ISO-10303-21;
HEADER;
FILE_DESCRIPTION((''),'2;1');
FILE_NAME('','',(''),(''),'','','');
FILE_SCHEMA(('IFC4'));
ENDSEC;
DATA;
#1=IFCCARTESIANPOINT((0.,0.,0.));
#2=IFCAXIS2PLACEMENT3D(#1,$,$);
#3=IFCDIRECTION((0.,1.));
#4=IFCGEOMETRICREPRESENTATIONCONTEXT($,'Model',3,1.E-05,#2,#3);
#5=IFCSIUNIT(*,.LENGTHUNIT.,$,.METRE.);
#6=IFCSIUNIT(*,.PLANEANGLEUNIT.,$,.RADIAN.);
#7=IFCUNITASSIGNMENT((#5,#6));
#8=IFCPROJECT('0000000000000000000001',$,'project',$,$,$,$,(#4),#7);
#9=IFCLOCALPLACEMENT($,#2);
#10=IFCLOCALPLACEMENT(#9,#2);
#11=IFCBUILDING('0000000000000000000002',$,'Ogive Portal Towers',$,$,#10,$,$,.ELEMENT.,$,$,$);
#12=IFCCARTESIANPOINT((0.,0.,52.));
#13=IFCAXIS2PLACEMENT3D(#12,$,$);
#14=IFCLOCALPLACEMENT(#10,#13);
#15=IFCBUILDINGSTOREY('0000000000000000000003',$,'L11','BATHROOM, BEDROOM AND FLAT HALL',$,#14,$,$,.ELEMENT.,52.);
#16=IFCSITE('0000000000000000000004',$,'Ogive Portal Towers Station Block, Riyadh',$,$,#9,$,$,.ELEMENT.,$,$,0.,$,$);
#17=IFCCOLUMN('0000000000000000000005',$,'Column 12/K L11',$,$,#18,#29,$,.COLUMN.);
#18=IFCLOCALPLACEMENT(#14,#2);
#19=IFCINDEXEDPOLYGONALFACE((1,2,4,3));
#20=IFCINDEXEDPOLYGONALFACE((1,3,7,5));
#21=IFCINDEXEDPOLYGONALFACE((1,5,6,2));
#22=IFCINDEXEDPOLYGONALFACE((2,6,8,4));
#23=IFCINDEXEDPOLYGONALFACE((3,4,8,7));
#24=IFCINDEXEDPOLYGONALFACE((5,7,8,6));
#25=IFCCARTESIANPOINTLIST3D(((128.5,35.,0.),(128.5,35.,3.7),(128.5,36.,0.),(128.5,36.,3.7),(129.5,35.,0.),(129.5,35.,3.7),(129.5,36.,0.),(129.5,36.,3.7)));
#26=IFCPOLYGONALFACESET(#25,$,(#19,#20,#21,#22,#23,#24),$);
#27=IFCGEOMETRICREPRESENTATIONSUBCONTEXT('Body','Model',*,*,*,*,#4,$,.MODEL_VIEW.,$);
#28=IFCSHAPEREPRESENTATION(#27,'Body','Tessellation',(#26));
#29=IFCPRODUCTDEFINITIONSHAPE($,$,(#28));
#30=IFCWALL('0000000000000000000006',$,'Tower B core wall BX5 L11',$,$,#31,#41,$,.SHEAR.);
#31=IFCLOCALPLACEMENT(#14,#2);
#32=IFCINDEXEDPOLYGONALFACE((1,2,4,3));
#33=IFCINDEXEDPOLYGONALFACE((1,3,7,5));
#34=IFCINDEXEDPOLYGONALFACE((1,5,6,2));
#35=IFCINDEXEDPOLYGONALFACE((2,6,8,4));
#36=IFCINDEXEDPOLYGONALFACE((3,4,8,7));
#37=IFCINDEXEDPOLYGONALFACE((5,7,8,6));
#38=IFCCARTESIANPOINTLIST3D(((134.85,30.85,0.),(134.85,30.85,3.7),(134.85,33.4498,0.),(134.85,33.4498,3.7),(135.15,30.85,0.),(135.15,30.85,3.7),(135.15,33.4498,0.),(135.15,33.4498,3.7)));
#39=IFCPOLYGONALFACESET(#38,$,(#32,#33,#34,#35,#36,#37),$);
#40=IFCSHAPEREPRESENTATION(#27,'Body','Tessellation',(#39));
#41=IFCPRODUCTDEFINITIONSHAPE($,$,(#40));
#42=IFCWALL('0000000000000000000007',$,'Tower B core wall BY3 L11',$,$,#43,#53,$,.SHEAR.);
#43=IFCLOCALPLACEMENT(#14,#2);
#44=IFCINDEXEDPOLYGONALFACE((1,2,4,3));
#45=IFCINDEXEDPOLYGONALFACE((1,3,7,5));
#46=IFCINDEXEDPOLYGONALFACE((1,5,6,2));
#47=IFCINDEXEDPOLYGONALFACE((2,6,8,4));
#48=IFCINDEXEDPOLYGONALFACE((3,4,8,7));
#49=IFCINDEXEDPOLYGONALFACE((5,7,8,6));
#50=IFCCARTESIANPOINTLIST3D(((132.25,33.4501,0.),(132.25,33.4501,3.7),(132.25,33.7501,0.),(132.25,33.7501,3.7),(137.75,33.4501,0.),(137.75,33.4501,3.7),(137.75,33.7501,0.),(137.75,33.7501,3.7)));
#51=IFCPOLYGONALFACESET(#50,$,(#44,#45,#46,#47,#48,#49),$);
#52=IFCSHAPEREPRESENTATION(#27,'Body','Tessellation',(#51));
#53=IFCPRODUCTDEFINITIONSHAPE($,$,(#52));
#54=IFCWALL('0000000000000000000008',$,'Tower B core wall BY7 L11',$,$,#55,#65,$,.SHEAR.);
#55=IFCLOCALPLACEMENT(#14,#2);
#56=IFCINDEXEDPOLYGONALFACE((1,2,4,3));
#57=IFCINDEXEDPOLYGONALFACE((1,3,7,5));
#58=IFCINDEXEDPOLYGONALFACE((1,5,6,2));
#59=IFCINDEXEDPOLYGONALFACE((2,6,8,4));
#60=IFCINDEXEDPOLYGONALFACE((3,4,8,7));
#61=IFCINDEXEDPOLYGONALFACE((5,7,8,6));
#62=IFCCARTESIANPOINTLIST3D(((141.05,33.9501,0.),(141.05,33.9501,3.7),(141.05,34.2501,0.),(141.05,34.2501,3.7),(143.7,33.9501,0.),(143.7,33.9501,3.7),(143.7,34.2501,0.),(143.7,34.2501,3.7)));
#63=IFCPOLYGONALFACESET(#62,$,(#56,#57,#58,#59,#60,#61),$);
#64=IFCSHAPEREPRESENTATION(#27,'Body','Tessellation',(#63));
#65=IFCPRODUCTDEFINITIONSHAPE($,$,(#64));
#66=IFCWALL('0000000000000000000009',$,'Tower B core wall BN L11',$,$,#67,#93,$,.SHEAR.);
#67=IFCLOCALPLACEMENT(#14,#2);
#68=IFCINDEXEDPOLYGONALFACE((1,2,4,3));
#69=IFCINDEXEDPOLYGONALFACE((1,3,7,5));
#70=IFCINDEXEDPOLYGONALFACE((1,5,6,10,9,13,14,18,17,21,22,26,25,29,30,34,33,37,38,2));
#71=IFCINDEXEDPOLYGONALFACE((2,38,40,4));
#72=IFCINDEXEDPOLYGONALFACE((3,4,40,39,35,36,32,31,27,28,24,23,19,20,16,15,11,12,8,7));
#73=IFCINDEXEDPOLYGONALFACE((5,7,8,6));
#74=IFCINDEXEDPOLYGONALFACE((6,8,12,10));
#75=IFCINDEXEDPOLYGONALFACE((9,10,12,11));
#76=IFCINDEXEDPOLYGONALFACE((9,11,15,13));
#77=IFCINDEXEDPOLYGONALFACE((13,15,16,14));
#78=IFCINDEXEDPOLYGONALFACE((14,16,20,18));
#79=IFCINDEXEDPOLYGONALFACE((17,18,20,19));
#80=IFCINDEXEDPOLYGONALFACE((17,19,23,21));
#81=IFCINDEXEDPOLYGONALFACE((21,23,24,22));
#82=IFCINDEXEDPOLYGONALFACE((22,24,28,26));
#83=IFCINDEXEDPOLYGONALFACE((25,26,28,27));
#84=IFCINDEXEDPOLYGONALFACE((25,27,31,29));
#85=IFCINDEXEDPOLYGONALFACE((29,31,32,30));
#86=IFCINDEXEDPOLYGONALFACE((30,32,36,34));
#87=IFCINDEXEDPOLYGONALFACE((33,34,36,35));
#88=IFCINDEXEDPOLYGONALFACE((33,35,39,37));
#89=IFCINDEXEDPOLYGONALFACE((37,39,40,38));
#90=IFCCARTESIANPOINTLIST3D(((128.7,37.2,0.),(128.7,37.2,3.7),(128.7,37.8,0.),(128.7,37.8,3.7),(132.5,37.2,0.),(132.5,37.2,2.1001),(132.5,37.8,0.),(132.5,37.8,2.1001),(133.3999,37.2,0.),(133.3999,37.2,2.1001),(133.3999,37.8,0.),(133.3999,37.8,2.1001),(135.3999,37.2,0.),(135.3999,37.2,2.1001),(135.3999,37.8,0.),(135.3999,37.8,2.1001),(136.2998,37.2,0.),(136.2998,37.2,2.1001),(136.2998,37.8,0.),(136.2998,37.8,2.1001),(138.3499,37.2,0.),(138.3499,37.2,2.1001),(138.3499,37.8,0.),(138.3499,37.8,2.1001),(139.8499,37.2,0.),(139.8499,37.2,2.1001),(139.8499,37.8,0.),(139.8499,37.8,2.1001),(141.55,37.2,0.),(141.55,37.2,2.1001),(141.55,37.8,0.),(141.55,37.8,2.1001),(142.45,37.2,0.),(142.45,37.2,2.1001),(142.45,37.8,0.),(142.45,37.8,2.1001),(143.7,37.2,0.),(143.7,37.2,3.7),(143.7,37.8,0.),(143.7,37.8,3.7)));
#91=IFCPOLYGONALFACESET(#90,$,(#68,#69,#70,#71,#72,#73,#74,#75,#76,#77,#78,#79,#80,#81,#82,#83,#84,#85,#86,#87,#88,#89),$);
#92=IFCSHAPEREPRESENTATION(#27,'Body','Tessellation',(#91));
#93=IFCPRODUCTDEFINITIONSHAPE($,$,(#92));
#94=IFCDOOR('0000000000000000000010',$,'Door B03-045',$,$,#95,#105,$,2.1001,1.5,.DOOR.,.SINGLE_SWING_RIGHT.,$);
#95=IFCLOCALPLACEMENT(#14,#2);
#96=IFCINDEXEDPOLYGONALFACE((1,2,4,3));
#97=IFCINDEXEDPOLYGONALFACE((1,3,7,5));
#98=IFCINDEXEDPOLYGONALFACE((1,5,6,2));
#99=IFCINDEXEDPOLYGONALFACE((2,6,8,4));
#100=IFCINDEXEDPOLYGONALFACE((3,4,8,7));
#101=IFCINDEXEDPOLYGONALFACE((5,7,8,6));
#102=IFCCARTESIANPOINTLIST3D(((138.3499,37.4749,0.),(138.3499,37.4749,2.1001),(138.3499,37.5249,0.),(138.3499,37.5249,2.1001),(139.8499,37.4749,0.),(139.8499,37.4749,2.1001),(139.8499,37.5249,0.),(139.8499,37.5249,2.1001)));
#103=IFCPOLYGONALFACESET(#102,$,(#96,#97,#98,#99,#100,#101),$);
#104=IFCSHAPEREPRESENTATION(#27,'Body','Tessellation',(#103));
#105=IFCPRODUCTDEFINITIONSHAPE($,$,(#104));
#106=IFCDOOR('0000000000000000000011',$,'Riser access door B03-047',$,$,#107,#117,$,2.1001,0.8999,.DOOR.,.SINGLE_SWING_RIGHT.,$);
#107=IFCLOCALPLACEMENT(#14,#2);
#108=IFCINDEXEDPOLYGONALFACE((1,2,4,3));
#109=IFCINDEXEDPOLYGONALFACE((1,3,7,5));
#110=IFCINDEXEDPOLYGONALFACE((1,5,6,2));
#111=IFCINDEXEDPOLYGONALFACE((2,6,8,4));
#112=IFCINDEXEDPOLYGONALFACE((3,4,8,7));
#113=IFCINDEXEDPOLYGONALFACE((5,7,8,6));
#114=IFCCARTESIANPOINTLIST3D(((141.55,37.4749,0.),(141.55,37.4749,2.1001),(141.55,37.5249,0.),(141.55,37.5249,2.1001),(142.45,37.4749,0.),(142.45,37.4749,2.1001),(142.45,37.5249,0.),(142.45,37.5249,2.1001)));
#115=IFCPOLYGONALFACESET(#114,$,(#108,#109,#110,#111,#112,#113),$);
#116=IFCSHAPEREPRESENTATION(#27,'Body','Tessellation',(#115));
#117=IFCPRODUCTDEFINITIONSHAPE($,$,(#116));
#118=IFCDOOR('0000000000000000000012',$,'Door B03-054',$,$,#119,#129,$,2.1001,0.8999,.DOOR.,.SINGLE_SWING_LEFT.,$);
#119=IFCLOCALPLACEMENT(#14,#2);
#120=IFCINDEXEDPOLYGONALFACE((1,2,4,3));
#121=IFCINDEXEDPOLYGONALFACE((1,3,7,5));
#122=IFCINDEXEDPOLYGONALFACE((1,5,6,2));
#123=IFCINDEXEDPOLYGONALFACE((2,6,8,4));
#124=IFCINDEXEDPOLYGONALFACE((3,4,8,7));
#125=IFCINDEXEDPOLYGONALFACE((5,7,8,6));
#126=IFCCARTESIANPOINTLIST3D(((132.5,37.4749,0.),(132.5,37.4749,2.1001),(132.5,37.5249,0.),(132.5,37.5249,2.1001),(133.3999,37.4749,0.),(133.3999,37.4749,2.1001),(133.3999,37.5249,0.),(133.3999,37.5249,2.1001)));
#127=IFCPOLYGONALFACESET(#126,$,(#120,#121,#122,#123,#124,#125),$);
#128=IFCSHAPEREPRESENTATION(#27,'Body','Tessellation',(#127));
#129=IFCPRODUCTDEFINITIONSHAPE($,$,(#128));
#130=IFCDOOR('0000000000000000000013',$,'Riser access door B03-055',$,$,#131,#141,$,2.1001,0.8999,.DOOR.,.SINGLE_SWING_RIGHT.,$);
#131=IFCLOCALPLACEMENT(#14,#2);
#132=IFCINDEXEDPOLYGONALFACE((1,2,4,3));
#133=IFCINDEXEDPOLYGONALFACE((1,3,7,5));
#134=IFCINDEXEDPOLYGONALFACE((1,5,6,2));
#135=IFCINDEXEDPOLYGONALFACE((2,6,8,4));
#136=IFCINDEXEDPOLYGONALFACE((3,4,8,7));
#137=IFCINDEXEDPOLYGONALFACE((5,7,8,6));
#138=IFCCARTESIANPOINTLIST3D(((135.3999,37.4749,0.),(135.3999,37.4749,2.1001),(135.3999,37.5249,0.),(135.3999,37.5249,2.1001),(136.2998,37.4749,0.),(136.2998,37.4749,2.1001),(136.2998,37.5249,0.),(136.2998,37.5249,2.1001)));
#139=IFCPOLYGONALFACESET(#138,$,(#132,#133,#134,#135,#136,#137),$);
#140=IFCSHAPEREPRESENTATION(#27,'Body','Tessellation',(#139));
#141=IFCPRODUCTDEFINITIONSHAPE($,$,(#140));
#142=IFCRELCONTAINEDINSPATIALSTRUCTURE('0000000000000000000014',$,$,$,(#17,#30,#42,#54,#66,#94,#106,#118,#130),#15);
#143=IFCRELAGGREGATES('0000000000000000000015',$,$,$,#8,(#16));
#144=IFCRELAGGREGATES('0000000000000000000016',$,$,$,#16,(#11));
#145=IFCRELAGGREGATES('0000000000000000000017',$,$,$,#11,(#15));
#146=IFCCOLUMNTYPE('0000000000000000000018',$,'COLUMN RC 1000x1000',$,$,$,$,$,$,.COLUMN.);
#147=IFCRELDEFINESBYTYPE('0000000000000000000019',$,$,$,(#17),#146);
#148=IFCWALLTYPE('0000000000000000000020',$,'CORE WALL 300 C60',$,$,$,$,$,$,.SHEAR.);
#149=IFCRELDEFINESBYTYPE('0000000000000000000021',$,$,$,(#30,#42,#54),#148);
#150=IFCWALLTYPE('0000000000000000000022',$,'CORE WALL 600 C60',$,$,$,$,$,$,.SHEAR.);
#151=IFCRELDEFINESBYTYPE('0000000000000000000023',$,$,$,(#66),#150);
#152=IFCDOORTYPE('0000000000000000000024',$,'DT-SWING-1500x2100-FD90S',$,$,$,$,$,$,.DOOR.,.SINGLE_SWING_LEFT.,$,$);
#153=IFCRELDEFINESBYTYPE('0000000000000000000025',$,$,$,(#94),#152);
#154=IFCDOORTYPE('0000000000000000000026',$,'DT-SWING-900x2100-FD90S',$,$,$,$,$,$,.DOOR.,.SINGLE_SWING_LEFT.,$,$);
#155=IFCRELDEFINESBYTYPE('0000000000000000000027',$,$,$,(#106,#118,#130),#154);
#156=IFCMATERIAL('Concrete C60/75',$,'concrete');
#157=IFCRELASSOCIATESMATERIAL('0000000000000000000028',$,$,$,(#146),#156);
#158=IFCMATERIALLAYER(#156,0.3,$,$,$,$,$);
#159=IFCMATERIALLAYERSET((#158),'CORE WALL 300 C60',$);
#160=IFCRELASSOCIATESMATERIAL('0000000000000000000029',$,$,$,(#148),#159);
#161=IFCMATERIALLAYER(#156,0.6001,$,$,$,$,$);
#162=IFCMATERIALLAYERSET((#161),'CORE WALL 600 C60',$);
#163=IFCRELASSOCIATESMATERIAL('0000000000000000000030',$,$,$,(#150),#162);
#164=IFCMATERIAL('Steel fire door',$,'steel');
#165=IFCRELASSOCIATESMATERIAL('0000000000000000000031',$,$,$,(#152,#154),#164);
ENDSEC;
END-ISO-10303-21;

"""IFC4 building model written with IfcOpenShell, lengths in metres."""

from ifc_helpers import new_model, si_unit, direction, frame, frame_2d, origin, origin_2d, place, context, subcontext, project, spatial, rectangle, extrude, material, layer, layer_set, material_profile, profile_set, type_object, element, fill, save


model = new_model("IFC4")

# Units and contexts
model_context = context("Model", 3, precision=1e-05, world=origin(), true_north=direction((0.0, 1.0)))
body_context = subcontext(model_context, "Body", "Model", "MODEL_VIEW")
ifc_project = project(units=[si_unit("LENGTHUNIT", "METRE"), si_unit("PLANEANGLEUNIT", "RADIAN")], contexts=[model_context])

# Site, building, storey
site_placement = place(None, origin())
site = spatial("IfcSite", under=ifc_project, at=site_placement, Name="Ogive Portal Towers Station Block, Riyadh", CompositionType="ELEMENT", RefElevation=0.0)
building_placement = place(site_placement, origin())
building = spatial("IfcBuilding", under=site, at=building_placement, Name="Ogive Portal Towers", CompositionType="ELEMENT")
storey_placement = place(building_placement, frame((0.0, 0.0, 52.0)))
storey = spatial("IfcBuildingStorey", under=building, at=storey_placement, Name="L11", Description="BATHROOM, BEDROOM AND FLAT HALL", CompositionType="ELEMENT", Elevation=52.0)

# Column
ifc_material_1 = material(Name="Concrete C60/75", Category="concrete")
ifc_material_profile = material_profile(ifc_material_1, rectangle(XDim=1.0, YDim=1.0, at=origin_2d()), Name="RC 1000x1000")
ifc_profile_set = profile_set([ifc_material_profile], Name="Concrete C60/75")
column_type = type_object("IfcColumnType", Name="COLUMN RC 1000x1000", PredefinedType="COLUMN", material=ifc_profile_set)
column_placement = place(storey_placement, frame((129.0, 35.5, 0.0), z_axis=(0.0, 0.0, 1.0), x_axis=(1.0, 0.0, 0.0)))
element("IfcColumn", 1, at=column_placement, inside=storey, type_object=column_type, Name="Column 12/K L11", PredefinedType="COLUMN", context=body_context, shape_type="SweptSolid", body=[
    extrude(rectangle(XDim=1.0, YDim=1.0, at=origin_2d()), origin(), (0.0, 0.0, 1.0), 3.7),
])

# Wall
ifc_layer_1 = layer(ifc_material_1, 0.3)
ifc_layer_set_1 = layer_set([ifc_layer_1], Name="CORE WALL 300 C60")
wall_type_1 = type_object("IfcWallType", Name="CORE WALL 300 C60", PredefinedType="SHEAR", material=ifc_layer_set_1)
wall_1_placement = place(storey_placement, frame((135.0, 30.8501, 0.0), z_axis=(0.0, 0.0, 1.0), x_axis=(0.0, 1.0, 0.0)))
element("IfcWall", 2, at=wall_1_placement, inside=storey, type_object=wall_type_1, Name="Tower B core wall BX5 L11", PredefinedType="SHEAR", context=body_context, shape_type="SweptSolid", body=[
    extrude(rectangle(XDim=2.5999, YDim=0.3, at=frame_2d((1.2998, 0.0))), origin(), (0.0, 0.0, 1.0), 3.7),
])

# Wall
wall_2_placement = place(storey_placement, frame((132.25, 33.6001, 0.0), z_axis=(0.0, 0.0, 1.0), x_axis=(1.0, 0.0, 0.0)))
element("IfcWall", 3, at=wall_2_placement, inside=storey, type_object=wall_type_1, Name="Tower B core wall BY3 L11", PredefinedType="SHEAR", context=body_context, shape_type="SweptSolid", body=[
    extrude(rectangle(XDim=5.5, YDim=0.3, at=frame_2d((2.75, 0.0))), origin(), (0.0, 0.0, 1.0), 3.7),
])

# Wall
wall_3_placement = place(storey_placement, frame((141.05, 34.1001, 0.0), z_axis=(0.0, 0.0, 1.0), x_axis=(1.0, 0.0, 0.0)))
element("IfcWall", 4, at=wall_3_placement, inside=storey, type_object=wall_type_1, Name="Tower B core wall BY7 L11", PredefinedType="SHEAR", context=body_context, shape_type="SweptSolid", body=[
    extrude(rectangle(XDim=2.6499, YDim=0.3, at=frame_2d((1.325, 0.0))), origin(), (0.0, 0.0, 1.0), 3.7),
])

# Wall, openings, doors
ifc_layer_2 = layer(ifc_material_1, 0.6001)
ifc_layer_set_2 = layer_set([ifc_layer_2], Name="CORE WALL 600 C60")
wall_type_2 = type_object("IfcWallType", Name="CORE WALL 600 C60", PredefinedType="SHEAR", material=ifc_layer_set_2)
wall_4_placement = place(storey_placement, frame((128.7, 37.5, 0.0), z_axis=(0.0, 0.0, 1.0), x_axis=(1.0, 0.0, 0.0)))
wall_4 = element("IfcWall", 5, at=wall_4_placement, inside=storey, type_object=wall_type_2, Name="Tower B core wall BN L11", PredefinedType="SHEAR", context=body_context, shape_type="SweptSolid", body=[
    extrude(rectangle(XDim=15.0, YDim=0.6001, at=frame_2d((7.5, 0.0))), origin(), (0.0, 0.0, 1.0), 3.7),
])
opening_1_placement = place(wall_4_placement, frame((9.6499, 0.0, 0.0)))
opening_1 = element("IfcOpeningElement", 6, at=opening_1_placement, cuts=wall_4, PredefinedType="OPENING", context=body_context, shape_type="SweptSolid", body=[
    extrude(rectangle(XDim=1.5, YDim=2.1001, at=frame_2d((0.75, 1.05))), frame((0.0, 0.3101, 0.0), z_axis=(0.0, -1.0, 0.0), x_axis=(1.0, 0.0, 0.0)), (0.0, 0.0, 1.0), 0.6201),
])
opening_2_placement = place(wall_4_placement, frame((12.8501, 0.0, 0.0)))
opening_2 = element("IfcOpeningElement", 7, at=opening_2_placement, cuts=wall_4, PredefinedType="OPENING", context=body_context, shape_type="SweptSolid", body=[
    extrude(rectangle(XDim=0.8999, YDim=2.1001, at=frame_2d((0.45, 1.05))), frame((0.0, 0.3101, 0.0), z_axis=(0.0, -1.0, 0.0), x_axis=(1.0, 0.0, 0.0)), (0.0, 0.0, 1.0), 0.6201),
])
opening_3_placement = place(wall_4_placement, frame((3.8, 0.0, 0.0)))
opening_3 = element("IfcOpeningElement", 8, at=opening_3_placement, cuts=wall_4, PredefinedType="OPENING", context=body_context, shape_type="SweptSolid", body=[
    extrude(rectangle(XDim=0.8999, YDim=2.1001, at=frame_2d((0.45, 1.05))), frame((0.0, 0.3101, 0.0), z_axis=(0.0, -1.0, 0.0), x_axis=(1.0, 0.0, 0.0)), (0.0, 0.0, 1.0), 0.6201),
])
opening_4_placement = place(wall_4_placement, frame((6.7, 0.0, 0.0)))
opening_4 = element("IfcOpeningElement", 9, at=opening_4_placement, cuts=wall_4, PredefinedType="OPENING", context=body_context, shape_type="SweptSolid", body=[
    extrude(rectangle(XDim=0.8999, YDim=2.1001, at=frame_2d((0.45, 1.05))), frame((0.0, 0.3101, 0.0), z_axis=(0.0, -1.0, 0.0), x_axis=(1.0, 0.0, 0.0)), (0.0, 0.0, 1.0), 0.6201),
])
ifc_material_2 = material(Name="Steel fire door", Category="steel")
door_type_1 = type_object("IfcDoorType", Name="DT-SWING-1500x2100-FD90S", OperationType="SINGLE_SWING_LEFT", PredefinedType="DOOR", material=ifc_material_2)
door_1_placement = place(opening_1_placement, origin())
door_1 = element("IfcDoor", 10, at=door_1_placement, inside=storey, type_object=door_type_1, Name="Door B03-045", OperationType="SINGLE_SWING_RIGHT", OverallHeight=2.1001, OverallWidth=1.5, PredefinedType="DOOR", context=body_context, shape_type="SweptSolid", body=[
    extrude(rectangle(XDim=1.5, YDim=2.1001, at=frame_2d((0.75, 1.05))), frame((0.0, 0.0249, 0.0), z_axis=(0.0, -1.0, 0.0), x_axis=(1.0, 0.0, 0.0)), (0.0, 0.0, 1.0), 0.05),
])
fill(opening_1, door_1)
door_type_2 = type_object("IfcDoorType", Name="DT-SWING-900x2100-FD90S", OperationType="SINGLE_SWING_LEFT", PredefinedType="DOOR", material=ifc_material_2)
door_2_placement = place(opening_2_placement, origin())
door_2 = element("IfcDoor", 11, at=door_2_placement, inside=storey, type_object=door_type_2, Name="Riser access door B03-047", OperationType="SINGLE_SWING_RIGHT", OverallHeight=2.1001, OverallWidth=0.8999, PredefinedType="DOOR", context=body_context, shape_type="SweptSolid", body=[
    extrude(rectangle(XDim=0.8999, YDim=2.1001, at=frame_2d((0.45, 1.05))), frame((0.0, 0.0249, 0.0), z_axis=(0.0, -1.0, 0.0), x_axis=(1.0, 0.0, 0.0)), (0.0, 0.0, 1.0), 0.05),
])
fill(opening_2, door_2)
door_3_placement = place(opening_3_placement, origin())
door_3 = element("IfcDoor", 12, at=door_3_placement, inside=storey, type_object=door_type_2, Name="Door B03-054", OperationType="SINGLE_SWING_LEFT", OverallHeight=2.1001, OverallWidth=0.8999, PredefinedType="DOOR", context=body_context, shape_type="SweptSolid", body=[
    extrude(rectangle(XDim=0.8999, YDim=2.1001, at=frame_2d((0.45, 1.05))), frame((0.0, 0.0249, 0.0), z_axis=(0.0, -1.0, 0.0), x_axis=(1.0, 0.0, 0.0)), (0.0, 0.0, 1.0), 0.05),
])
fill(opening_3, door_3)
door_4_placement = place(opening_4_placement, origin())
door_4 = element("IfcDoor", 13, at=door_4_placement, inside=storey, type_object=door_type_2, Name="Riser access door B03-055", OperationType="SINGLE_SWING_RIGHT", OverallHeight=2.1001, OverallWidth=0.8999, PredefinedType="DOOR", context=body_context, shape_type="SweptSolid", body=[
    extrude(rectangle(XDim=0.8999, YDim=2.1001, at=frame_2d((0.45, 1.05))), frame((0.0, 0.0249, 0.0), z_axis=(0.0, -1.0, 0.0), x_axis=(1.0, 0.0, 0.0)), (0.0, 0.0, 1.0), 0.05),
])
fill(opening_4, door_4)

save(model, "model.ifc")
